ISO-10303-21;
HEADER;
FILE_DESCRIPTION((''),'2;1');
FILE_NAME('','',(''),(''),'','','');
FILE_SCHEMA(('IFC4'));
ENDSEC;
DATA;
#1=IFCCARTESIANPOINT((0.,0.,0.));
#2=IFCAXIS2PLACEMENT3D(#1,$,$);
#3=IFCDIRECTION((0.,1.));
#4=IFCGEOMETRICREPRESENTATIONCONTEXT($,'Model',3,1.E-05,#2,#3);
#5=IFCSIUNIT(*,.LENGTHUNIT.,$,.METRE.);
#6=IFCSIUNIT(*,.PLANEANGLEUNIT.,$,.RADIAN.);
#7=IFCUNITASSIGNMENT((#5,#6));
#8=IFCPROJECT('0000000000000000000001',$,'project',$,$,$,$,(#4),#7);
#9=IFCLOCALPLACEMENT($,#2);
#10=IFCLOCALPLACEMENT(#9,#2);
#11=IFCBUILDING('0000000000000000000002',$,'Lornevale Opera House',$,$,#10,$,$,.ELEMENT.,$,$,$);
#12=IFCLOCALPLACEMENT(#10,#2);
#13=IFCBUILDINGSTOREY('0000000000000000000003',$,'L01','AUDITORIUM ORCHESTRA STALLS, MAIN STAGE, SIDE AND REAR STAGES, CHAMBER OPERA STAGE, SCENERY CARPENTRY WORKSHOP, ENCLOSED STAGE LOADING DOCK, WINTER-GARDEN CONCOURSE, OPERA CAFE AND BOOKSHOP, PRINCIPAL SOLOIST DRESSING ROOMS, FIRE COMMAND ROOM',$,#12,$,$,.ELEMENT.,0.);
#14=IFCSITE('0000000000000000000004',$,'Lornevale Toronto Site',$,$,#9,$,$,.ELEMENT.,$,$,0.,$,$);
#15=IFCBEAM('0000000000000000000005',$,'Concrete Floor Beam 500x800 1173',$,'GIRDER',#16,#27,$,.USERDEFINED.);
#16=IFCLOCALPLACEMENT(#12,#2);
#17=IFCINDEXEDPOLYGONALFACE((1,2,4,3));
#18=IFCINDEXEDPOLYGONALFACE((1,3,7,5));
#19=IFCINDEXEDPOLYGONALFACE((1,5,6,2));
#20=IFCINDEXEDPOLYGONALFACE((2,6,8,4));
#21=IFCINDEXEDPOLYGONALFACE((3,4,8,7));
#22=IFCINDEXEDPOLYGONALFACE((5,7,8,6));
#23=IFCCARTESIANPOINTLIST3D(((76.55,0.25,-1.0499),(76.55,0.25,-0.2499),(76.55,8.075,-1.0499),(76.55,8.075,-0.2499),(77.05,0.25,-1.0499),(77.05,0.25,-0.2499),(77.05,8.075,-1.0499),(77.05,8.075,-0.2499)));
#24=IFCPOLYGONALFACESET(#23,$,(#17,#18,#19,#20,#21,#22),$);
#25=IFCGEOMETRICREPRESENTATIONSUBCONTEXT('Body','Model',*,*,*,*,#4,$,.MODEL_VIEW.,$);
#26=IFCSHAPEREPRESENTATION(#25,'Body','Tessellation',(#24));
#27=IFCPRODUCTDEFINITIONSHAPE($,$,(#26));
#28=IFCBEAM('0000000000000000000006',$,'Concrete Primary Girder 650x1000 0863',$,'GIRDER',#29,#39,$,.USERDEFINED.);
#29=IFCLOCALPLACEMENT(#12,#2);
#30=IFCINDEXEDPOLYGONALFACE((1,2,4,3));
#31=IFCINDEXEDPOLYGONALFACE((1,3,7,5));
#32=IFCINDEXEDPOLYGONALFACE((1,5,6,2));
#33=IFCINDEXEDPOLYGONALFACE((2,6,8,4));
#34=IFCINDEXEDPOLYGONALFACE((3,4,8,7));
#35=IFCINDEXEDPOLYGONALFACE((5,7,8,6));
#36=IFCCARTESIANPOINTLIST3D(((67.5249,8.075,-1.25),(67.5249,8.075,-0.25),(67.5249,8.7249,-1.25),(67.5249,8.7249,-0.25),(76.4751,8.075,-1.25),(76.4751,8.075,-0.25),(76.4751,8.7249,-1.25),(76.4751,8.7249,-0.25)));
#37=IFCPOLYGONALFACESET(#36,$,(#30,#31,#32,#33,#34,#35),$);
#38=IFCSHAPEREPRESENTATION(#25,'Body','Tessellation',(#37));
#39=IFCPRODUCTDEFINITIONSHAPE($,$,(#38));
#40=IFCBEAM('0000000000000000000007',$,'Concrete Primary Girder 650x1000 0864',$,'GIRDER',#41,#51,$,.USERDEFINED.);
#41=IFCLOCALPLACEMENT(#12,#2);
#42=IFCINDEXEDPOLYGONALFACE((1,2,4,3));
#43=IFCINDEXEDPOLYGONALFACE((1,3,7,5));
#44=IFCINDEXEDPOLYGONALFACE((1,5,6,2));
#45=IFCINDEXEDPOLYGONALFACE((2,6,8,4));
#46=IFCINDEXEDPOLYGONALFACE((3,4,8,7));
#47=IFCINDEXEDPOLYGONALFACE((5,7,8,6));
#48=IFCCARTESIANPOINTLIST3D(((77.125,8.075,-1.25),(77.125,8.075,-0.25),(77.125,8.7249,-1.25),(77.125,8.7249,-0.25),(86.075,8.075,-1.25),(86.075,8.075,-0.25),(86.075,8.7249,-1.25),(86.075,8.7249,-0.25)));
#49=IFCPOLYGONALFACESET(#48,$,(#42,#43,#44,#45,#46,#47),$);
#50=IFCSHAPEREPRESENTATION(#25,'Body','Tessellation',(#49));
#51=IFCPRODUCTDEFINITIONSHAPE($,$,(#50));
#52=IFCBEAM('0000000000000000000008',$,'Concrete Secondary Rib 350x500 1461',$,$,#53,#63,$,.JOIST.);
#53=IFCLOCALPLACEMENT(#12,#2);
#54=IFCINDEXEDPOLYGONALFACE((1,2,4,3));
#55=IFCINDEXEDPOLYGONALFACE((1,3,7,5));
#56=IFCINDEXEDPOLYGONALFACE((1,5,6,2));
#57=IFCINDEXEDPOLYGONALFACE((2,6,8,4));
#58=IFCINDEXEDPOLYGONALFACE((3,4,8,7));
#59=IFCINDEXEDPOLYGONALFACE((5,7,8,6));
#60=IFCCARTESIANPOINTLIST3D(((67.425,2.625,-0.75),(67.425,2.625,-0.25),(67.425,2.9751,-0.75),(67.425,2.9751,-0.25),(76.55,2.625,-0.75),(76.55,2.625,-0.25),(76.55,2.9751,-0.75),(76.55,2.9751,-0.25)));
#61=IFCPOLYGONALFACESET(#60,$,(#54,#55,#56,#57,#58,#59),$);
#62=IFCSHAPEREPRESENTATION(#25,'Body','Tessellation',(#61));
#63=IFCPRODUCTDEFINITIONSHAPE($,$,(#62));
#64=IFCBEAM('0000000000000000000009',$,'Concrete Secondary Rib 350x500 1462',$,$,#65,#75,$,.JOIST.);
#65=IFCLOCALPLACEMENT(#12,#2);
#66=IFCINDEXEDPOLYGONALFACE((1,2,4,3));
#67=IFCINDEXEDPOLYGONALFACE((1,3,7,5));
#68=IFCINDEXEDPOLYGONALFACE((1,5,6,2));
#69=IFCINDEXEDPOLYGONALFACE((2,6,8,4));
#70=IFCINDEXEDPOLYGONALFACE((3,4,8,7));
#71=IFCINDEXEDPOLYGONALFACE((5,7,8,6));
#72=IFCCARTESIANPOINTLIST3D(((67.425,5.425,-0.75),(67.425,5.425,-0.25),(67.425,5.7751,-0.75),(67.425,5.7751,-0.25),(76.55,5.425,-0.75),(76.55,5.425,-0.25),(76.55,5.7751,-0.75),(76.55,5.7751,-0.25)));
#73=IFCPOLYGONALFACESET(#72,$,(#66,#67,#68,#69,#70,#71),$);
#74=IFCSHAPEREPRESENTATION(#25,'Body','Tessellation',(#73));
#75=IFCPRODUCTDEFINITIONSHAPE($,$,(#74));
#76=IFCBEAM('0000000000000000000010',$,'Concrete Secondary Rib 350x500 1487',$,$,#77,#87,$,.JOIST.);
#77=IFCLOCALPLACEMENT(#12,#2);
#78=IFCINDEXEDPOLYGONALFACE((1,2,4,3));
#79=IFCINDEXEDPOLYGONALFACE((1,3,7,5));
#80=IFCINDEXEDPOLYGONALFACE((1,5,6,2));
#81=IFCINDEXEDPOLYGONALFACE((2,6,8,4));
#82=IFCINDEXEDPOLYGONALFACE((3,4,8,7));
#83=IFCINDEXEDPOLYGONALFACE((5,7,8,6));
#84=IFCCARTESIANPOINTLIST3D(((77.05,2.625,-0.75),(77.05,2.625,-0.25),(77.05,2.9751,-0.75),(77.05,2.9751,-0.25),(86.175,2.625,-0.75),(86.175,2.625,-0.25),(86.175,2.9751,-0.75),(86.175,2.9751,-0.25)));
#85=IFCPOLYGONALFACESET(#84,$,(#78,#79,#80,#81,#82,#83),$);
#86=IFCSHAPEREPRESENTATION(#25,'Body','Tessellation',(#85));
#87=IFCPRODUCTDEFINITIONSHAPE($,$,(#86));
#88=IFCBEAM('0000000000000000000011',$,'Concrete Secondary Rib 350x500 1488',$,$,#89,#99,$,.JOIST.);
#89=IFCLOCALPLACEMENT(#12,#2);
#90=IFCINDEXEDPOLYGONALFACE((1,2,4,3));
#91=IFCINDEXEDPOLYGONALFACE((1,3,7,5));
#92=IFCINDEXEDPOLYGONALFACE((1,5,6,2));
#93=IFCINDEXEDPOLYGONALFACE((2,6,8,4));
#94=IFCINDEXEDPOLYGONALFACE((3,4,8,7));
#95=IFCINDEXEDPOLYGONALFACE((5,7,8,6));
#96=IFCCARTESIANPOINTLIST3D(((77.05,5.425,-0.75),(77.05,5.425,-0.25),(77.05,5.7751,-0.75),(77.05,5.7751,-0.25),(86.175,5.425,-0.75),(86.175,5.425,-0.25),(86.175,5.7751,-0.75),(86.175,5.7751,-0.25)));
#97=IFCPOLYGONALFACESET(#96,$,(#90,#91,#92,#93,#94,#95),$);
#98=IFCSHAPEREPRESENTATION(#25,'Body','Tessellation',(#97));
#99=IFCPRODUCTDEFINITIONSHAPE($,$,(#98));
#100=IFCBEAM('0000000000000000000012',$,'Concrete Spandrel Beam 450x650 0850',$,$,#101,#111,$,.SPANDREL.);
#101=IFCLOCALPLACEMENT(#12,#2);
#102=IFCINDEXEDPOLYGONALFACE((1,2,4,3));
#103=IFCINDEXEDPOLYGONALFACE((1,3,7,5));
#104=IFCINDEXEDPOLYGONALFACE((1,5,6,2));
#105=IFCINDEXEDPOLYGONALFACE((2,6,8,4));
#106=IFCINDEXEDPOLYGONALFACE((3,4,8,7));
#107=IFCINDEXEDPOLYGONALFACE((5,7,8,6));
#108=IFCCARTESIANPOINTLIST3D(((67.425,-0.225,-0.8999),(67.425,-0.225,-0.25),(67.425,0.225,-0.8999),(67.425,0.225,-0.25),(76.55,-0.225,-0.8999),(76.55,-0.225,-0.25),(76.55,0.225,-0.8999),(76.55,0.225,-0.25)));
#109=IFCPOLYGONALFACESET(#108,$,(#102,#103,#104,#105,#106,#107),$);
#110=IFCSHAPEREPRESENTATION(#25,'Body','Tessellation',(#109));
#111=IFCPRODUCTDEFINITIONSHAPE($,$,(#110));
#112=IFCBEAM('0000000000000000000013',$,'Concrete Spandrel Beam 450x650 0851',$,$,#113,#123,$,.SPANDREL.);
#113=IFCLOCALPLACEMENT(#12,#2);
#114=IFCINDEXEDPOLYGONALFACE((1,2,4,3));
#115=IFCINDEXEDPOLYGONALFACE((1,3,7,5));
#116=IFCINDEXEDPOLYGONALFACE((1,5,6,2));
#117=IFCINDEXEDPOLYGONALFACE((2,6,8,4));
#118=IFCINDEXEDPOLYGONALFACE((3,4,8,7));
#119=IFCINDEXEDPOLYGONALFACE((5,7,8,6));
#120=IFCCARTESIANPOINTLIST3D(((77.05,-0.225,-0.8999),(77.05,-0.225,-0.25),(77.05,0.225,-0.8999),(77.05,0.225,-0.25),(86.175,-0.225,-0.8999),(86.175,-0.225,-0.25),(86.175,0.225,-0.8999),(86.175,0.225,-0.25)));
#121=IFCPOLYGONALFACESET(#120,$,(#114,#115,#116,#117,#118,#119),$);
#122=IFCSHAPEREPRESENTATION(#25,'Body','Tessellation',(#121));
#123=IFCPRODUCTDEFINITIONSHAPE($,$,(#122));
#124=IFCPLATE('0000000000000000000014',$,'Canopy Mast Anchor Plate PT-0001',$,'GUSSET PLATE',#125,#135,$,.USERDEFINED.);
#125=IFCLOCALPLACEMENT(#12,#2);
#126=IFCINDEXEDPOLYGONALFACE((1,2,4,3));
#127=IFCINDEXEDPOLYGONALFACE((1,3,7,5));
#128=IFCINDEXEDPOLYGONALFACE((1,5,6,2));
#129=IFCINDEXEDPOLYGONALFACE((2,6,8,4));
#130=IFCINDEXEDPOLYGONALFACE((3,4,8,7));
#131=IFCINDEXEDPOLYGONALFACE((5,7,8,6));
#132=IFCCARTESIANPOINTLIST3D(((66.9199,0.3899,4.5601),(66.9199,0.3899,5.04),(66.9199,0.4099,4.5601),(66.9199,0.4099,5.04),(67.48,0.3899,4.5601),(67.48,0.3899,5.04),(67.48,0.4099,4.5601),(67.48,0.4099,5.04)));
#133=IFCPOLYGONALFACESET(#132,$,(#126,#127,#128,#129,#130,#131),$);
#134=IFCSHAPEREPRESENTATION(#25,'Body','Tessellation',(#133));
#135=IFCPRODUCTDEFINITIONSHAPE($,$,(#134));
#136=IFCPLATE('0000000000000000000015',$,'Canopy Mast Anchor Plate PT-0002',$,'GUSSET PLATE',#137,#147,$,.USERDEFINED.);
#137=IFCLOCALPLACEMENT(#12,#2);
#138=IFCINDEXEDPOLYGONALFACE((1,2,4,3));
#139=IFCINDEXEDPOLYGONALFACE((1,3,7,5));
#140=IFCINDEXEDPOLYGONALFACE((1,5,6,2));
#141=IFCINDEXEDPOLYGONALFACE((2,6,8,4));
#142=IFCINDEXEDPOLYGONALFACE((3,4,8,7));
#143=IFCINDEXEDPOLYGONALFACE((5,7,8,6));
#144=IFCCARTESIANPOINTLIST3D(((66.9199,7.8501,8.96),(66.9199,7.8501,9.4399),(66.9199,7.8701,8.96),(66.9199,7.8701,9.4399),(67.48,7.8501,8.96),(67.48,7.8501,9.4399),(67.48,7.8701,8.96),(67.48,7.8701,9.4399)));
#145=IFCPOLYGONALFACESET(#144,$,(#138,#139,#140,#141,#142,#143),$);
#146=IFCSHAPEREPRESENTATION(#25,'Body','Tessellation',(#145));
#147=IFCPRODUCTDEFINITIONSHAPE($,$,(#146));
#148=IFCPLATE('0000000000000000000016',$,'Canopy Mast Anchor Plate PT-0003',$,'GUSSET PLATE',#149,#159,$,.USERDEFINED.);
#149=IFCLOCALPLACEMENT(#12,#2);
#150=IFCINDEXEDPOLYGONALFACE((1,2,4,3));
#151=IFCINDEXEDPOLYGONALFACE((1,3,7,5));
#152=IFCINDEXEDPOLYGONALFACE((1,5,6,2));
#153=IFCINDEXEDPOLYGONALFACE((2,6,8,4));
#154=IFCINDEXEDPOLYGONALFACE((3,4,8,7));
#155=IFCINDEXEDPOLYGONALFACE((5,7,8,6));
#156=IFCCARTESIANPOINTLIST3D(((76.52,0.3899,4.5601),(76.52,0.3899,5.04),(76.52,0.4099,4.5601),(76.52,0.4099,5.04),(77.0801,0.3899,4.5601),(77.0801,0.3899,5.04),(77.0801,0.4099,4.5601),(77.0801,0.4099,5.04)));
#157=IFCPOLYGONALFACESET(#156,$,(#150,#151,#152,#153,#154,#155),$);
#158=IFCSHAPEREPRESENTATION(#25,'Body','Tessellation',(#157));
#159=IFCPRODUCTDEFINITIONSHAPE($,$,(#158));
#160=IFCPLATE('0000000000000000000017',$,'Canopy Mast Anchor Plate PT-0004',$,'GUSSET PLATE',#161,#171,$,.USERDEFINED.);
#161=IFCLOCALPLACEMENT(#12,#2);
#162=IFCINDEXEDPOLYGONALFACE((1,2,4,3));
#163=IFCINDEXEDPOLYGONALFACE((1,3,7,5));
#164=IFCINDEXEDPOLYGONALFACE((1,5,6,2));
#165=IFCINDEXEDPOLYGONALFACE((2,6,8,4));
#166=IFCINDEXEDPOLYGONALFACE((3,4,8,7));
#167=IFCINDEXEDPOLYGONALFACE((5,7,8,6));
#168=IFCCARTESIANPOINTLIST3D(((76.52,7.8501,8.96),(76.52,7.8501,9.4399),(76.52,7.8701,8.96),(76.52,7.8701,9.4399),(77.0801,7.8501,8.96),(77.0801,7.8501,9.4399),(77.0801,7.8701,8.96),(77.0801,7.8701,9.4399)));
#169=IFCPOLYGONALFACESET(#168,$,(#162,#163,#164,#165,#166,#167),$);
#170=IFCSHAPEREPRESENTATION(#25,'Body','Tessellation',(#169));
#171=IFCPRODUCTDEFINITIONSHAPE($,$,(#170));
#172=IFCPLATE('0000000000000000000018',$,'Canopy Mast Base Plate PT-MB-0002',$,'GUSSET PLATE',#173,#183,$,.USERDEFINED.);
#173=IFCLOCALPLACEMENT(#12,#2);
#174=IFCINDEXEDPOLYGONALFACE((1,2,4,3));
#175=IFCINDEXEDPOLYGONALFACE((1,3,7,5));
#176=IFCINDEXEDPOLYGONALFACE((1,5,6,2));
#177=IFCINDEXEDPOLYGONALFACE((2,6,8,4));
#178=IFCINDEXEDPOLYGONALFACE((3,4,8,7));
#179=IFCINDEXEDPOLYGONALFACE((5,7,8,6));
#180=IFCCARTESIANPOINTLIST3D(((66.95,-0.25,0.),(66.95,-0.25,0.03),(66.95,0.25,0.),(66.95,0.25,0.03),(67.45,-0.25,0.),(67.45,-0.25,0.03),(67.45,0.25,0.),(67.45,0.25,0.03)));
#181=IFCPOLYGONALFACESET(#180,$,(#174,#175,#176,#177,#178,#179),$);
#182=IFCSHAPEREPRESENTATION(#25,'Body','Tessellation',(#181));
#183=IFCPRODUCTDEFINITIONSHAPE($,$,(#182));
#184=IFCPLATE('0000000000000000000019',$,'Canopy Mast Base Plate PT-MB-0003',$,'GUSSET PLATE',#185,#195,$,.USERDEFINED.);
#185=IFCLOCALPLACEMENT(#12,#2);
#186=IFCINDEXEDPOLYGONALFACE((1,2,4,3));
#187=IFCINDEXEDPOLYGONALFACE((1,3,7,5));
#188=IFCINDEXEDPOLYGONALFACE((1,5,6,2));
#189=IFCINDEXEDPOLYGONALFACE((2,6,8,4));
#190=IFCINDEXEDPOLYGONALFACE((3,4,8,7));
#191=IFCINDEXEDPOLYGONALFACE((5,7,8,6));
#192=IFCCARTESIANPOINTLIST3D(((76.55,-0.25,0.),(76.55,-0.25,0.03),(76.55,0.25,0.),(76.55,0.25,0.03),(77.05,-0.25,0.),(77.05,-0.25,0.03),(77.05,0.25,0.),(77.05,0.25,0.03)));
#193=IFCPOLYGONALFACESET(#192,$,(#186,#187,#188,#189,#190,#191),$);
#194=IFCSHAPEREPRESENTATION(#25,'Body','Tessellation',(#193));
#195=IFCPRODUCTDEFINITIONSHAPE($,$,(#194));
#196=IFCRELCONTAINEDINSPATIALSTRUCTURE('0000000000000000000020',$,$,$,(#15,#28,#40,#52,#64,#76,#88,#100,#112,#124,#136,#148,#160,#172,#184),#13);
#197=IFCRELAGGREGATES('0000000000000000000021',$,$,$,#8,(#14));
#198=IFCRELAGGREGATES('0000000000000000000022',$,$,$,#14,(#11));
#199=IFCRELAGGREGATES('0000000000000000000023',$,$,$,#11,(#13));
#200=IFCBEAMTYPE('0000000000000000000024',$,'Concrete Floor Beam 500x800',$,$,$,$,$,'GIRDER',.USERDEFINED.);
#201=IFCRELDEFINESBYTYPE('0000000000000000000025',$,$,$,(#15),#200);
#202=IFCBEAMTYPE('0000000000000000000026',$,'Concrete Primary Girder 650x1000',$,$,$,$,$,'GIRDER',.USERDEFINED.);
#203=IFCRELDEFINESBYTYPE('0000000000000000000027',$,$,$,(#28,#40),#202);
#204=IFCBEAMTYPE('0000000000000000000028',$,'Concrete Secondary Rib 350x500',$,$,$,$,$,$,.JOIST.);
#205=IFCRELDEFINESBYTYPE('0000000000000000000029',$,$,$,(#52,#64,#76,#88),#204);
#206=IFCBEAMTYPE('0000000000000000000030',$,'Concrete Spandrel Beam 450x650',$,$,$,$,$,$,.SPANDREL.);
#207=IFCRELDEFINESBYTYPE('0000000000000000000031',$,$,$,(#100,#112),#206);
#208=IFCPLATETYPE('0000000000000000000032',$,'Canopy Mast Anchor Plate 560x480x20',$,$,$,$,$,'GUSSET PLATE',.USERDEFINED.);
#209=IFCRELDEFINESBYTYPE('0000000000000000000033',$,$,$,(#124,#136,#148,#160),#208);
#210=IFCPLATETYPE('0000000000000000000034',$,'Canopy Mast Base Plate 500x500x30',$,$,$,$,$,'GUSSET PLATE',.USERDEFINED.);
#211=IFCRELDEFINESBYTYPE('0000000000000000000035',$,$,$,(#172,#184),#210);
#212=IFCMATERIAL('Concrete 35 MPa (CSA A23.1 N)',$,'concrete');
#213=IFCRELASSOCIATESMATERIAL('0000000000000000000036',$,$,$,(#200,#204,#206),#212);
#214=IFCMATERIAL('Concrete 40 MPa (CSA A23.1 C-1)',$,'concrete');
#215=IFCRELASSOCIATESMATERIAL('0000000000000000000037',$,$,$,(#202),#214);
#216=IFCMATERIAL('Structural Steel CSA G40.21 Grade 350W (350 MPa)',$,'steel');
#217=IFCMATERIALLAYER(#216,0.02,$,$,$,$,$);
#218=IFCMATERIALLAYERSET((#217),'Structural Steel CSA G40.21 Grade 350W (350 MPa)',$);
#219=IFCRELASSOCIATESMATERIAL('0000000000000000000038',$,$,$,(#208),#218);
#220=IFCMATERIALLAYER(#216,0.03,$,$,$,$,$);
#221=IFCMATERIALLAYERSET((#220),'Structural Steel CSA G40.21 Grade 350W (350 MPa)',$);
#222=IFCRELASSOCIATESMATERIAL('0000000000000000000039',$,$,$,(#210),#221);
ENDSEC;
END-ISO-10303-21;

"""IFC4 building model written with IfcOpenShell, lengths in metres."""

from ifc_helpers import new_model, si_unit, direction, frame, origin, origin_2d, place, context, subcontext, project, spatial, rectangle, extrude, material, layer, layer_set, material_profile, profile_set, type_object, element, save


model = new_model("IFC4")

# Units and contexts
model_context = context("Model", 3, precision=1e-05, world=origin(), true_north=direction((0.0, 1.0)))
body_context = subcontext(model_context, "Body", "Model", "MODEL_VIEW")
ifc_project = project(units=[si_unit("LENGTHUNIT", "METRE"), si_unit("PLANEANGLEUNIT", "RADIAN")], contexts=[model_context])

# Site, building, storey
site_placement = place(None, origin())
site = spatial("IfcSite", under=ifc_project, at=site_placement, Name="Lornevale Toronto Site", CompositionType="ELEMENT", RefElevation=0.0)
building_placement = place(site_placement, origin())
building = spatial("IfcBuilding", under=site, at=building_placement, Name="Lornevale Opera House", CompositionType="ELEMENT")
storey_placement = place(building_placement, origin())
storey = spatial("IfcBuildingStorey", under=building, at=storey_placement, Name="L01", Description="AUDITORIUM ORCHESTRA STALLS, MAIN STAGE, SIDE AND REAR STAGES, CHAMBER OPERA STAGE, SCENERY CARPENTRY WORKSHOP, ENCLOSED STAGE LOADING DOCK, WINTER-GARDEN CONCOURSE, OPERA CAFE AND BOOKSHOP, PRINCIPAL SOLOIST DRESSING ROOMS, FIRE COMMAND ROOM", CompositionType="ELEMENT", Elevation=0.0)

# Shared definitions
ifc_material_1 = material(Name="Structural Steel CSA G40.21 Grade 350W (350 MPa)", Category="steel")

# Beams
ifc_material_2 = material(Name="Concrete 35 MPa (CSA A23.1 N)", Category="concrete")
ifc_material_profile_1 = material_profile(ifc_material_2, rectangle(XDim=0.5, YDim=0.8, at=origin_2d()), Name="RC500x800")
ifc_profile_set_1 = profile_set([ifc_material_profile_1], Name="Concrete 35 MPa (CSA A23.1 N)")
beam_type_1 = type_object("IfcBeamType", Name="Concrete Floor Beam 500x800", ElementType="GIRDER", PredefinedType="USERDEFINED", material=ifc_profile_set_1)
beam_1_placement = place(storey_placement, frame((76.8, 0.25, -0.6499), z_axis=(0.0, 1.0, 0.0), x_axis=(-1.0, 0.0, 0.0)))
element("IfcBeam", 1, at=beam_1_placement, inside=storey, type_object=beam_type_1, Name="Concrete Floor Beam 500x800 1173", ObjectType="GIRDER", PredefinedType="USERDEFINED", context=body_context, shape_type="SweptSolid", body=[
    extrude(rectangle(XDim=0.5, YDim=0.8, at=origin_2d()), origin(), (0.0, 0.0, 1.0), 7.825),
])
ifc_material_3 = material(Name="Concrete 40 MPa (CSA A23.1 C-1)", Category="concrete")
ifc_material_profile_2 = material_profile(ifc_material_3, rectangle(XDim=0.6499, YDim=1.0, at=origin_2d()), Name="RC650x1000")
ifc_profile_set_2 = profile_set([ifc_material_profile_2], Name="Concrete 40 MPa (CSA A23.1 C-1)")
beam_type_2 = type_object("IfcBeamType", Name="Concrete Primary Girder 650x1000", ElementType="GIRDER", PredefinedType="USERDEFINED", material=ifc_profile_set_2)
beam_2_placement = place(storey_placement, frame((67.5249, 8.3999, -0.75), z_axis=(1.0, 0.0, 0.0), x_axis=(0.0, 1.0, 0.0)))
element("IfcBeam", 2, at=beam_2_placement, inside=storey, type_object=beam_type_2, Name="Concrete Primary Girder 650x1000 0863", ObjectType="GIRDER", PredefinedType="USERDEFINED", context=body_context, shape_type="SweptSolid", body=[
    extrude(rectangle(XDim=0.6499, YDim=1.0, at=origin_2d()), origin(), (0.0, 0.0, 1.0), 8.9502),
])
beam_3_placement = place(storey_placement, frame((77.125, 8.3999, -0.75), z_axis=(1.0, 0.0, 0.0), x_axis=(0.0, 1.0, 0.0)))
element("IfcBeam", 3, at=beam_3_placement, inside=storey, type_object=beam_type_2, Name="Concrete Primary Girder 650x1000 0864", ObjectType="GIRDER", PredefinedType="USERDEFINED", context=body_context, shape_type="SweptSolid", body=[
    extrude(rectangle(XDim=0.6499, YDim=1.0, at=origin_2d()), origin(), (0.0, 0.0, 1.0), 8.95),
])
ifc_material_profile_3 = material_profile(ifc_material_2, rectangle(XDim=0.3501, YDim=0.5, at=origin_2d()), Name="RC350x500")
ifc_profile_set_3 = profile_set([ifc_material_profile_3], Name="Concrete 35 MPa (CSA A23.1 N)")
beam_type_3 = type_object("IfcBeamType", Name="Concrete Secondary Rib 350x500", PredefinedType="JOIST", material=ifc_profile_set_3)
for number, where, z_axis, x_axis, name in (
    (4, (67.425, 2.8, -0.5), (1.0, 0.0, 0.0), (0.0, 1.0, 0.0), "Concrete Secondary Rib 350x500 1461"),
    (5, (67.425, 5.6001, -0.5), (1.0, 0.0, 0.0), (0.0, 1.0, 0.0), "Concrete Secondary Rib 350x500 1462"),
    (6, (77.05, 2.8, -0.5), (1.0, 0.0, 0.0), (0.0, 1.0, 0.0), "Concrete Secondary Rib 350x500 1487"),
    (7, (77.05, 5.6001, -0.5), (1.0, 0.0, 0.0), (0.0, 1.0, 0.0), "Concrete Secondary Rib 350x500 1488"),
):
    element("IfcBeam", number, at=place(storey_placement, frame(where, z_axis=z_axis, x_axis=x_axis)), inside=storey, type_object=beam_type_3, Name=name, PredefinedType="JOIST", context=body_context, shape_type="SweptSolid", body=[
        extrude(rectangle(XDim=0.3501, YDim=0.5, at=origin_2d()), origin(), (0.0, 0.0, 1.0), 9.125),
    ])
ifc_material_profile_4 = material_profile(ifc_material_2, rectangle(XDim=0.45, YDim=0.6499, at=origin_2d()), Name="RC450x650")
ifc_profile_set_4 = profile_set([ifc_material_profile_4], Name="Concrete 35 MPa (CSA A23.1 N)")
beam_type_4 = type_object("IfcBeamType", Name="Concrete Spandrel Beam 450x650", PredefinedType="SPANDREL", material=ifc_profile_set_4)
for number, where, z_axis, x_axis, name in (
    (8, (67.425, 0.0, -0.575), (1.0, 0.0, 0.0), (0.0, 1.0, 0.0), "Concrete Spandrel Beam 450x650 0850"),
    (9, (77.05, 0.0, -0.575), (1.0, 0.0, 0.0), (0.0, 1.0, 0.0), "Concrete Spandrel Beam 450x650 0851"),
):
    element("IfcBeam", number, at=place(storey_placement, frame(where, z_axis=z_axis, x_axis=x_axis)), inside=storey, type_object=beam_type_4, Name=name, PredefinedType="SPANDREL", context=body_context, shape_type="SweptSolid", body=[
        extrude(rectangle(XDim=0.45, YDim=0.6499, at=origin_2d()), origin(), (0.0, 0.0, 1.0), 9.125),
    ])

# Plates
ifc_layer_1 = layer(ifc_material_1, 0.02)
ifc_layer_set_1 = layer_set([ifc_layer_1], Name="Structural Steel CSA G40.21 Grade 350W (350 MPa)")
plate_type_1 = type_object("IfcPlateType", Name="Canopy Mast Anchor Plate 560x480x20", ElementType="GUSSET PLATE", PredefinedType="USERDEFINED", material=ifc_layer_set_1)
for number, where, z_axis, x_axis, name in (
    (10, (67.2, 0.3999, 4.5601), (0.0, 0.0, 1.0), (1.0, 0.0, 0.0), "Canopy Mast Anchor Plate PT-0001"),
    (11, (67.2, 7.8601, 8.96), (0.0, 0.0, 1.0), (1.0, 0.0, 0.0), "Canopy Mast Anchor Plate PT-0002"),
    (12, (76.8, 0.3999, 4.5601), (0.0, 0.0, 1.0), (1.0, 0.0, 0.0), "Canopy Mast Anchor Plate PT-0003"),
    (13, (76.8, 7.8601, 8.96), (0.0, 0.0, 1.0), (1.0, 0.0, 0.0), "Canopy Mast Anchor Plate PT-0004"),
):
    element("IfcPlate", number, at=place(storey_placement, frame(where, z_axis=z_axis, x_axis=x_axis)), inside=storey, type_object=plate_type_1, Name=name, ObjectType="GUSSET PLATE", PredefinedType="USERDEFINED", context=body_context, shape_type="SweptSolid", body=[
        extrude(rectangle(XDim=0.5601, YDim=0.02, at=origin_2d()), origin(), (0.0, 0.0, 1.0), 0.48),
    ])
ifc_layer_2 = layer(ifc_material_1, 0.03)
ifc_layer_set_2 = layer_set([ifc_layer_2], Name="Structural Steel CSA G40.21 Grade 350W (350 MPa)")
plate_type_2 = type_object("IfcPlateType", Name="Canopy Mast Base Plate 500x500x30", ElementType="GUSSET PLATE", PredefinedType="USERDEFINED", material=ifc_layer_set_2)
for number, where, z_axis, x_axis, name in (
    (14, (67.2, 0.0, 0.0), (0.0, 0.0, 1.0), (1.0, 0.0, 0.0), "Canopy Mast Base Plate PT-MB-0002"),
    (15, (76.8, 0.0, 0.0), (0.0, 0.0, 1.0), (1.0, 0.0, 0.0), "Canopy Mast Base Plate PT-MB-0003"),
):
    element("IfcPlate", number, at=place(storey_placement, frame(where, z_axis=z_axis, x_axis=x_axis)), inside=storey, type_object=plate_type_2, Name=name, ObjectType="GUSSET PLATE", PredefinedType="USERDEFINED", context=body_context, shape_type="SweptSolid", body=[
        extrude(rectangle(XDim=0.5, YDim=0.5, at=origin_2d()), origin(), (0.0, 0.0, 1.0), 0.03),
    ])

save(model, "model.ifc")
